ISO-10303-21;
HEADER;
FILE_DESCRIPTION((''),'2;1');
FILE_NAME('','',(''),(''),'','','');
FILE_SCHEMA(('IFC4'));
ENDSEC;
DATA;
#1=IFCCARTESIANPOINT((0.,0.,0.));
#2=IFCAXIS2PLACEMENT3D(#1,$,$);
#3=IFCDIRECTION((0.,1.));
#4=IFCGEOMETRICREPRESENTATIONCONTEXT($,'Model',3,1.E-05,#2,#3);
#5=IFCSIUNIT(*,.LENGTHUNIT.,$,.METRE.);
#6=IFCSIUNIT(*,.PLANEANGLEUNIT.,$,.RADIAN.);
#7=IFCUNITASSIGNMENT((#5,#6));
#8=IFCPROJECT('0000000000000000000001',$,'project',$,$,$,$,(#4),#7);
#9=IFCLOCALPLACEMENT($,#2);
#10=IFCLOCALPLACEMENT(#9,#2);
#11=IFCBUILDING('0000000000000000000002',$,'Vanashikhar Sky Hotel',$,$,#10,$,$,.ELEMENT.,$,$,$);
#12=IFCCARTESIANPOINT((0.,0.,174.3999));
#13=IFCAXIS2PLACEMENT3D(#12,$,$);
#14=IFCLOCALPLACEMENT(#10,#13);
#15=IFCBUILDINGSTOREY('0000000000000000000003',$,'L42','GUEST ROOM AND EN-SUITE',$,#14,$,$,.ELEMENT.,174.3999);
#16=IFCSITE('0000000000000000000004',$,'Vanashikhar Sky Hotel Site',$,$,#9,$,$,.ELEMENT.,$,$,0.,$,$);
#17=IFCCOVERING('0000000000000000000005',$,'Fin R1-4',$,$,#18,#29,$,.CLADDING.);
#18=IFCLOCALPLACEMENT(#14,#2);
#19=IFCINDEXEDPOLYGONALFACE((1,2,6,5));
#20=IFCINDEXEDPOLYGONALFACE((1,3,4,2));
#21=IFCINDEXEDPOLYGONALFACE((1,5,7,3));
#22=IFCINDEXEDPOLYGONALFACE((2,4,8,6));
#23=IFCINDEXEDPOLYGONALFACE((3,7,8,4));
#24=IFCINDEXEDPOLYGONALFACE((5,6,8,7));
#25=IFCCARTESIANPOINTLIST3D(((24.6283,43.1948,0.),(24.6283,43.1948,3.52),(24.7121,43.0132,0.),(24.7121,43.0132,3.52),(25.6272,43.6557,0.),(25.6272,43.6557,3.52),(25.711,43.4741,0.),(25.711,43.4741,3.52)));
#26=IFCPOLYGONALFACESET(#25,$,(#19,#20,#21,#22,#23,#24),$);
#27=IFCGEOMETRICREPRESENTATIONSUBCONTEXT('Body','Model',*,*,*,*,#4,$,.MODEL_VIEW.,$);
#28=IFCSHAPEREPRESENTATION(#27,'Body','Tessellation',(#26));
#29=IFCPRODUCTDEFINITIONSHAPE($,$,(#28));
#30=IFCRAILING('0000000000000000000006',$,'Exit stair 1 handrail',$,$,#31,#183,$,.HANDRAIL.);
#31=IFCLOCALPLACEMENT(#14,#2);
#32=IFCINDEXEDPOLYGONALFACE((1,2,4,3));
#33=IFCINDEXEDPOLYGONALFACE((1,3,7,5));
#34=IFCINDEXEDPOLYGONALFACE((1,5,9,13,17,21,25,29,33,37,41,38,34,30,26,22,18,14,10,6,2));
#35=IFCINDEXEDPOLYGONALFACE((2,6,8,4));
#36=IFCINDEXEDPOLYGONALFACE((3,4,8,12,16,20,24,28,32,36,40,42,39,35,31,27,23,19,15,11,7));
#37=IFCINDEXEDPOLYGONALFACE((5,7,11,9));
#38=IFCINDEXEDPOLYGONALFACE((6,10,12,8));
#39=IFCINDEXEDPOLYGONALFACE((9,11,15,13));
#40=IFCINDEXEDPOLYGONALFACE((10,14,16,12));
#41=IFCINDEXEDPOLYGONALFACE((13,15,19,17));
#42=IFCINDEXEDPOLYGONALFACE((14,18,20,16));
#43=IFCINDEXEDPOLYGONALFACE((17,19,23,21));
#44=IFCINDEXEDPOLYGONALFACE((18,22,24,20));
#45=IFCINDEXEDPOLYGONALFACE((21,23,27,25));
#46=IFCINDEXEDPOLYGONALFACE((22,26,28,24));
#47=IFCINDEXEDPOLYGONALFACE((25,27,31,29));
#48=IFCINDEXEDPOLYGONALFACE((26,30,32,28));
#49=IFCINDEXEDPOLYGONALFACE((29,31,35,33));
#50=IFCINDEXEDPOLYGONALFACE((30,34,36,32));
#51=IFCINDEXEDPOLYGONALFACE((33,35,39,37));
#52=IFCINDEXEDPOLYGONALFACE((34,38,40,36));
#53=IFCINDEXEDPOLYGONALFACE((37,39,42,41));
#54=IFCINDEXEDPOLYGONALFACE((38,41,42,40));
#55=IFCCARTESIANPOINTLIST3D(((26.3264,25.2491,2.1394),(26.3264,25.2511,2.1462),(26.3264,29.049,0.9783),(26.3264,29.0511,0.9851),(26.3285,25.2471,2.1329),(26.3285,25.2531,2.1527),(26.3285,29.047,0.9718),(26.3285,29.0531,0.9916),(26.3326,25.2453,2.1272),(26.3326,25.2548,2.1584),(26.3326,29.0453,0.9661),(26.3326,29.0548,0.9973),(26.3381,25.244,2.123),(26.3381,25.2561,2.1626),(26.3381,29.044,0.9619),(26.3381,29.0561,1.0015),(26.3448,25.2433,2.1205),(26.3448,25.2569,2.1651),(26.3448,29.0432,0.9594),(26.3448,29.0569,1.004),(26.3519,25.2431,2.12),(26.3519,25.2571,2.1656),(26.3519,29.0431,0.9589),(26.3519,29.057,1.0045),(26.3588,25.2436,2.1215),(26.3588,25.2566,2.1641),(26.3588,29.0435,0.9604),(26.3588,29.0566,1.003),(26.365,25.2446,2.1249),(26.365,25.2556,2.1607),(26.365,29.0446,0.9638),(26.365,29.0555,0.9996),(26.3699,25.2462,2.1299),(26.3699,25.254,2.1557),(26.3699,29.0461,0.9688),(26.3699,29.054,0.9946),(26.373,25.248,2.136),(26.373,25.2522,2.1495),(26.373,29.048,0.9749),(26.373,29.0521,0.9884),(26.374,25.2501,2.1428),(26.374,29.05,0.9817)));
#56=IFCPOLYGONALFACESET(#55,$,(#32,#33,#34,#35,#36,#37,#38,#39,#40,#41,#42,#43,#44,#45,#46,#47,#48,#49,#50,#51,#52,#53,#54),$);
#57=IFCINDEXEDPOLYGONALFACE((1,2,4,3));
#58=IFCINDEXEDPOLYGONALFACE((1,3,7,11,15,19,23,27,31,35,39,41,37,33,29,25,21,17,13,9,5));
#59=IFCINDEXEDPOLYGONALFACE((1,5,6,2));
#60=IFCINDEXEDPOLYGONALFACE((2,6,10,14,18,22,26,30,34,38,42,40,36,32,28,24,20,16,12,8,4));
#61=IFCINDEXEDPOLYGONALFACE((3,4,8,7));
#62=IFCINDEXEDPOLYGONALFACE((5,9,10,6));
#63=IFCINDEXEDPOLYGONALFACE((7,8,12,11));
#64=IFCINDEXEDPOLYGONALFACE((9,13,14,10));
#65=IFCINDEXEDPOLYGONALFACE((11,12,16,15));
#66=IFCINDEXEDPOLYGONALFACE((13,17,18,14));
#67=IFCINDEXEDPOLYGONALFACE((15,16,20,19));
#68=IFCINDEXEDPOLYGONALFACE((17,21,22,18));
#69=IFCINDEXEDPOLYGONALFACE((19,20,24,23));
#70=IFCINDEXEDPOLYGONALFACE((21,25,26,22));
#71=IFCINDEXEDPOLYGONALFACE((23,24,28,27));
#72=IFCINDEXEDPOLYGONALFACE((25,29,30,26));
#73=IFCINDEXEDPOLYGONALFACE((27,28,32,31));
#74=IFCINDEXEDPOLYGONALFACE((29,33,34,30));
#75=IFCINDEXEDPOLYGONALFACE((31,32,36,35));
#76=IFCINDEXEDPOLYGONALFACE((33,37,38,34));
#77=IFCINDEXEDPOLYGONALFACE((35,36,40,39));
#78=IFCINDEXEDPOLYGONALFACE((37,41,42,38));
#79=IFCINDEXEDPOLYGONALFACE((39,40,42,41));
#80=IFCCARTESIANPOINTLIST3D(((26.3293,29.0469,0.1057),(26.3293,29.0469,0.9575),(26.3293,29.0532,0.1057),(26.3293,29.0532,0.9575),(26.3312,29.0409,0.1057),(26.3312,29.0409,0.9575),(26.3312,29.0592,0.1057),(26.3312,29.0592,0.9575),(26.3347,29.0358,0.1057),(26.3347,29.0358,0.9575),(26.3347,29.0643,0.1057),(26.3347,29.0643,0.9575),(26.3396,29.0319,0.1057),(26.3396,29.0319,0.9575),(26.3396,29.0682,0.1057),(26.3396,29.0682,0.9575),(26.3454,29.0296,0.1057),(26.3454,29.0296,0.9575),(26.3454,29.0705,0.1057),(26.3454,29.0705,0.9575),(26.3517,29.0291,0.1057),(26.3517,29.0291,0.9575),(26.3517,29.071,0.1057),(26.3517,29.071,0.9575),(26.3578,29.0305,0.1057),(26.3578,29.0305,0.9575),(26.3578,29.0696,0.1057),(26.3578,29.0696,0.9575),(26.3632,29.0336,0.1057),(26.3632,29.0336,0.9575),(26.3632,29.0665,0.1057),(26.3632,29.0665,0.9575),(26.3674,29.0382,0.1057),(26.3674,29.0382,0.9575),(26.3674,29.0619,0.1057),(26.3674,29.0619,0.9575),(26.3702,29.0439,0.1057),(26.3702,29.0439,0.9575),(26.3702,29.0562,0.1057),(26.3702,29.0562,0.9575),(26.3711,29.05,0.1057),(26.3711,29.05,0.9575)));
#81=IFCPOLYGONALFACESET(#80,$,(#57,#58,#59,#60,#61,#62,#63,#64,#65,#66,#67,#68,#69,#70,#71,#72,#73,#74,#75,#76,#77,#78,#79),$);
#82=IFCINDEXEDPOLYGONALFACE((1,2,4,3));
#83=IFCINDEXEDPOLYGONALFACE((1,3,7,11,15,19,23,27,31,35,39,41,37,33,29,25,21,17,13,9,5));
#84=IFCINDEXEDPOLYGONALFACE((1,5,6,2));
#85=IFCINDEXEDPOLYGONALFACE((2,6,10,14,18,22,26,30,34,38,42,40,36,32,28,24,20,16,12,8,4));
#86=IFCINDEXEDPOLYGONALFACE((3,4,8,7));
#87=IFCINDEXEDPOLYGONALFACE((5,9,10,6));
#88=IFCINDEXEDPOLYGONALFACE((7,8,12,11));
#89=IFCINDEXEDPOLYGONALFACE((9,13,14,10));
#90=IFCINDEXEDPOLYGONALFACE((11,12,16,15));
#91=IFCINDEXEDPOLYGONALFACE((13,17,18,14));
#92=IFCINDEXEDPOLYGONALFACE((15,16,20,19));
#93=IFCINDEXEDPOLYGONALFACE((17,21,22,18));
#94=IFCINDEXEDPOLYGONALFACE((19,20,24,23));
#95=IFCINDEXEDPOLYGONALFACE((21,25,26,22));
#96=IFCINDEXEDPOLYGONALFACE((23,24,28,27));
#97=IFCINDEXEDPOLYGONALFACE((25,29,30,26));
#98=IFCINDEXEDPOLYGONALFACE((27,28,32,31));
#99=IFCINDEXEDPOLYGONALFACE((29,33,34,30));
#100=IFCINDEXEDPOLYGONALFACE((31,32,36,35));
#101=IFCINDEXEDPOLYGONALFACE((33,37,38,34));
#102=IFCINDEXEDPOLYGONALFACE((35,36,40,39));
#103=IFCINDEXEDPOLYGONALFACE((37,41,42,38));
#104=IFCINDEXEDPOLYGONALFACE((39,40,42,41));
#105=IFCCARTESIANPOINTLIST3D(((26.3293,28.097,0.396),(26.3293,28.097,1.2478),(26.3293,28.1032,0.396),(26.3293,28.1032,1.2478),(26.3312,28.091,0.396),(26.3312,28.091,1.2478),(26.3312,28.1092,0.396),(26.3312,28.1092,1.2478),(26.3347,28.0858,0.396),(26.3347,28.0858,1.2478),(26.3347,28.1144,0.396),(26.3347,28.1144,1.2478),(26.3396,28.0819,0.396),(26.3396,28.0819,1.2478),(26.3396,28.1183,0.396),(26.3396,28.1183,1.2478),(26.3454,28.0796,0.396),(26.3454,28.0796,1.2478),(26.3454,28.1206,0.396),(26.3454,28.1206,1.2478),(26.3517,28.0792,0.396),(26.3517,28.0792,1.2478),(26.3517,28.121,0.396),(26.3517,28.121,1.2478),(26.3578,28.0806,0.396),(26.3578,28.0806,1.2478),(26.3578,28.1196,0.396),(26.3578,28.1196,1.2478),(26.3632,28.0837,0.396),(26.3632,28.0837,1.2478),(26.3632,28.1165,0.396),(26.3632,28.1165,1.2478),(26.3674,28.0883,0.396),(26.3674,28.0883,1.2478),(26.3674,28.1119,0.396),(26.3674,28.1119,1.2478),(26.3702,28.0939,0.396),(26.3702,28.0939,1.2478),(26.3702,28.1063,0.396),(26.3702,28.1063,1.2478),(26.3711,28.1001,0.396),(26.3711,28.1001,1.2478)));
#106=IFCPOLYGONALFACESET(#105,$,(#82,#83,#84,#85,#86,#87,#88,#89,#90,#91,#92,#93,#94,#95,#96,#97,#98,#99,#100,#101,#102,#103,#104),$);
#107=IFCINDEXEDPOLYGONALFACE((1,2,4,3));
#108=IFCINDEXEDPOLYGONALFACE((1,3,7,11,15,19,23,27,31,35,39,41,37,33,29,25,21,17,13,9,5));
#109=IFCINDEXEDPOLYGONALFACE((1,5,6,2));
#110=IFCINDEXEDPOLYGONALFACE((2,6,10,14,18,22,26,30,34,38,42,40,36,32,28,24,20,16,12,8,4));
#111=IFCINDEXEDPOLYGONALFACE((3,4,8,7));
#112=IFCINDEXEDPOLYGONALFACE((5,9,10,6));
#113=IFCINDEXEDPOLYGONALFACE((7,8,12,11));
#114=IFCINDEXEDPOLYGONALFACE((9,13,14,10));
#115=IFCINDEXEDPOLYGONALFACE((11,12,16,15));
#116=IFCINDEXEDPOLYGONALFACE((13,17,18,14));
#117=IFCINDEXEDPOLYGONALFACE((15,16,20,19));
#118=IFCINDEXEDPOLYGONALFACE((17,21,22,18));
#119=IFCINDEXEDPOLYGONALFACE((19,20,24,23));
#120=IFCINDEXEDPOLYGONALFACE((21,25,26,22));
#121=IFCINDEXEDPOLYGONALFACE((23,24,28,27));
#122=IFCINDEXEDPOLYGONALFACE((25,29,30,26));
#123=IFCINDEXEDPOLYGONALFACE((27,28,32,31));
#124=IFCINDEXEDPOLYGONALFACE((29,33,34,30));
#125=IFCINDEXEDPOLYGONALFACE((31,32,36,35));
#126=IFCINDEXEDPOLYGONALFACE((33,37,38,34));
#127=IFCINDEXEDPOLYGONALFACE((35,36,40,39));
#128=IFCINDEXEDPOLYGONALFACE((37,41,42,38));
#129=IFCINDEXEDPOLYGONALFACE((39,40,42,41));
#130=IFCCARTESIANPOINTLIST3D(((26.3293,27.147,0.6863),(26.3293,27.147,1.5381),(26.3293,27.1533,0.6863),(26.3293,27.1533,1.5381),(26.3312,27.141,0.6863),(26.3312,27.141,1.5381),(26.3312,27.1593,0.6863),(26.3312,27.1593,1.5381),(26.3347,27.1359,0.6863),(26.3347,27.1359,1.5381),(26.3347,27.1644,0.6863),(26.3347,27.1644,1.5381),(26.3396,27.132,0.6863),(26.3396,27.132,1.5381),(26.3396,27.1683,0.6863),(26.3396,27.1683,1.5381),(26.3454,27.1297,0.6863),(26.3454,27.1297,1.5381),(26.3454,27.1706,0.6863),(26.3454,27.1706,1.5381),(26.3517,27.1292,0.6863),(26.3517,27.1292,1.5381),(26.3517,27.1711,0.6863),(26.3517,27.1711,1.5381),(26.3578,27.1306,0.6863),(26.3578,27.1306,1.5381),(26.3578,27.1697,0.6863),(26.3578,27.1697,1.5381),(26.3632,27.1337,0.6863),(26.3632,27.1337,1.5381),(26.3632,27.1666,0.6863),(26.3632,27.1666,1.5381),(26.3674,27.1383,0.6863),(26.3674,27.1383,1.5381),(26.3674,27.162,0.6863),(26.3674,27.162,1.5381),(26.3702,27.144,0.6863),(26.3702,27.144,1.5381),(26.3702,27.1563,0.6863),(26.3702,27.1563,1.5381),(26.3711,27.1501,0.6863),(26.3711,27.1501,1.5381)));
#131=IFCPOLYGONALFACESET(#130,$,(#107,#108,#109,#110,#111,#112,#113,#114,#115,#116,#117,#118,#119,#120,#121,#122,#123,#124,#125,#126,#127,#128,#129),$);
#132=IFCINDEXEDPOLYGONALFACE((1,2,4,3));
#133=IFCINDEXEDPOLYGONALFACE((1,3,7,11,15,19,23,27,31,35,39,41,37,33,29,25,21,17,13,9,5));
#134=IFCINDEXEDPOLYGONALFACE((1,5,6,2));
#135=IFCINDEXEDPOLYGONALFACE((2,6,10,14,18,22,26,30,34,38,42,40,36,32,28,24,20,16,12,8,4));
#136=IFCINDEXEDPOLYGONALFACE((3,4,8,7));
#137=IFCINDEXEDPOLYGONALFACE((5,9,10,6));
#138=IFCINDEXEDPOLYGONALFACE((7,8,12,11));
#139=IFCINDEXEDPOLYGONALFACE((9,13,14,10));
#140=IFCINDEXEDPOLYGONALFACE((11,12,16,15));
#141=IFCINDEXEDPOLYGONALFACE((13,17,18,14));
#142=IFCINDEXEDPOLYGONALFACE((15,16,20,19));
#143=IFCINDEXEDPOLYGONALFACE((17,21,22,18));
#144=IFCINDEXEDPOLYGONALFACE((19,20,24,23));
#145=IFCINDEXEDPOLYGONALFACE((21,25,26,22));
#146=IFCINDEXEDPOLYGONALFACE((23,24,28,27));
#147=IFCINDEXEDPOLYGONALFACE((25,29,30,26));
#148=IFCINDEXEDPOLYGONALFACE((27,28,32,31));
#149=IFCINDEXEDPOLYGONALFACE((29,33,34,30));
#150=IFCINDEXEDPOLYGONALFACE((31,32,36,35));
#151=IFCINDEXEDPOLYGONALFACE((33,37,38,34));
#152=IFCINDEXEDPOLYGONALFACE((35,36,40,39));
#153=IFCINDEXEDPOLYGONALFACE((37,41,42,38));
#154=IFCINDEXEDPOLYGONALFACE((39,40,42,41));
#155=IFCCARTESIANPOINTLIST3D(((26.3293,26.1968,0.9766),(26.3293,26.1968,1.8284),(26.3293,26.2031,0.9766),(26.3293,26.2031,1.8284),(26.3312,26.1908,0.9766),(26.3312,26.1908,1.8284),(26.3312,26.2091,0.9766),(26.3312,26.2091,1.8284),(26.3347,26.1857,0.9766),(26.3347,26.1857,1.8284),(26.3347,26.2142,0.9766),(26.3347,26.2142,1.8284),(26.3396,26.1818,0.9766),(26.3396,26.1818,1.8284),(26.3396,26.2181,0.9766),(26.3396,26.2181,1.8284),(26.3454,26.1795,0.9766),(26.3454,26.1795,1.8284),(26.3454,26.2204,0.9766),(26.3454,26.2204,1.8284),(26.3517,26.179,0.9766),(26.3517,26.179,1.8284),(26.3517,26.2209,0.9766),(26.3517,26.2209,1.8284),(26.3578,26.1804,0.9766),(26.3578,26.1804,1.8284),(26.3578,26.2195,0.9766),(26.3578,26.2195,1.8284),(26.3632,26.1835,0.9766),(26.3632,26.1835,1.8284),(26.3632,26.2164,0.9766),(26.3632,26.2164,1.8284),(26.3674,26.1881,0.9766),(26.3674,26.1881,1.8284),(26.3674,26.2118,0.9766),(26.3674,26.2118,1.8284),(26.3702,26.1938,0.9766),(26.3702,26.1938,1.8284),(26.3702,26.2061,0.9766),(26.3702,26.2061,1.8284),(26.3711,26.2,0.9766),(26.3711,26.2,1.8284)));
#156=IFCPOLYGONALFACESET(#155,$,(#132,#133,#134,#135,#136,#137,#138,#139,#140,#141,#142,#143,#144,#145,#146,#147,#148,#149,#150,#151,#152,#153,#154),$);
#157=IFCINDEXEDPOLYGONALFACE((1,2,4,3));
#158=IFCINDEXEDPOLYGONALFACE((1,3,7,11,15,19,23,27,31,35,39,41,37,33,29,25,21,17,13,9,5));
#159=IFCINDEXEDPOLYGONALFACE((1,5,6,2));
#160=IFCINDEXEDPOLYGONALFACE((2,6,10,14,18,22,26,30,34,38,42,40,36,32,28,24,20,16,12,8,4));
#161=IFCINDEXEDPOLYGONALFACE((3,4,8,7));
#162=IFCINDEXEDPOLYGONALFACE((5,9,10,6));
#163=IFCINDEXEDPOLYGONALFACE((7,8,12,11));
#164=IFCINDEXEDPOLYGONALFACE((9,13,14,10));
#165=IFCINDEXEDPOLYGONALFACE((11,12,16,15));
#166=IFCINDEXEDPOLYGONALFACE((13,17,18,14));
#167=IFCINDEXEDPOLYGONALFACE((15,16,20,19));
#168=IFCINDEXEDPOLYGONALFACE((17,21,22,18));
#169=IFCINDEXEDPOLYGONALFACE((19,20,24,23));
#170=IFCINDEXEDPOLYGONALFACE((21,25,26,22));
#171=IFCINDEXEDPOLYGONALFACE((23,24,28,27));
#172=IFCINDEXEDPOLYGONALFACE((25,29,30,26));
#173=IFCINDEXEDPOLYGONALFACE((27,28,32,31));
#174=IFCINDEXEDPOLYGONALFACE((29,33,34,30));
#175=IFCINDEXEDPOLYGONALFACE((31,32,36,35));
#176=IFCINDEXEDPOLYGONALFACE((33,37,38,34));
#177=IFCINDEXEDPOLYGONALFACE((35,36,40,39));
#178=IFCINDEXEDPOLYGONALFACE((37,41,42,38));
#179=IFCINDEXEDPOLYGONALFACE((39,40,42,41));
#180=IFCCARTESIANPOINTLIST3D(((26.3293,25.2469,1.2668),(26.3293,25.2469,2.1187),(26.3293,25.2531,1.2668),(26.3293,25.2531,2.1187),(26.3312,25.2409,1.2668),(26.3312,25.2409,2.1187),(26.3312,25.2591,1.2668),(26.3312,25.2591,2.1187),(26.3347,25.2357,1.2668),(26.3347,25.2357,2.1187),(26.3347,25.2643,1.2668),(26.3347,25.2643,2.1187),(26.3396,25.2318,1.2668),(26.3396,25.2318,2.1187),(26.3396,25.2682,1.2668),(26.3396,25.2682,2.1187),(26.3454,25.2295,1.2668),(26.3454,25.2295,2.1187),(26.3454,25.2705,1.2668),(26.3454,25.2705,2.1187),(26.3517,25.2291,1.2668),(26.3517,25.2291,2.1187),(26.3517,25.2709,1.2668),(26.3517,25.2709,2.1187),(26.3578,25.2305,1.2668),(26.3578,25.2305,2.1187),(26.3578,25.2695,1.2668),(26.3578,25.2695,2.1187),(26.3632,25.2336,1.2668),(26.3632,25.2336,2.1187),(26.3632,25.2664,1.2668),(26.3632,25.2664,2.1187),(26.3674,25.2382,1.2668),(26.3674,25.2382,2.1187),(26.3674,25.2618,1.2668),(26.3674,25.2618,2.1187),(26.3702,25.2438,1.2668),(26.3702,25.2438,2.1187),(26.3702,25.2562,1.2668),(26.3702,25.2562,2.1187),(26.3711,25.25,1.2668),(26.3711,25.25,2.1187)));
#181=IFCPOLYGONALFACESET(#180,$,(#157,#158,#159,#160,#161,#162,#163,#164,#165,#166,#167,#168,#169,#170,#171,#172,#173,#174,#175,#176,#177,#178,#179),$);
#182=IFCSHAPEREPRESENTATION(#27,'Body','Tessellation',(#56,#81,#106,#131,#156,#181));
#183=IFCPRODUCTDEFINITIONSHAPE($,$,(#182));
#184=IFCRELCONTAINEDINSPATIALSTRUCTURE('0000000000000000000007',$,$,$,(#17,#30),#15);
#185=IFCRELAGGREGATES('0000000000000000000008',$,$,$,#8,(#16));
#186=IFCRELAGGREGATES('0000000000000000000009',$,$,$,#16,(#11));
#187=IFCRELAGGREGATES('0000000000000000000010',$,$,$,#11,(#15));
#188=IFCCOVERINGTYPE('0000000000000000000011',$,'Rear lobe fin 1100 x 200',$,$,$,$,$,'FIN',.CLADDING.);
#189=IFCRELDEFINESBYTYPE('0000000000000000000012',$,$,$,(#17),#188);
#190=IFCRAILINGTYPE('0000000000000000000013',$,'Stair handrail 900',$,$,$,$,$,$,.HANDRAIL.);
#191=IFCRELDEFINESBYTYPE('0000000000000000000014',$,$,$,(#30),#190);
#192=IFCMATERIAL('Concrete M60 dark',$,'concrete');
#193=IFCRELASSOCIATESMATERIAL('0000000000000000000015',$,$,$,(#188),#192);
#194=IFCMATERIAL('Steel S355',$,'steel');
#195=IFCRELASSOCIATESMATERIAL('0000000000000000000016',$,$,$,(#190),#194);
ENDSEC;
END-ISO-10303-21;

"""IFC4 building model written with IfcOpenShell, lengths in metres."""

from ifc_helpers import new_model, si_unit, direction, frame, origin, origin_2d, place, context, subcontext, project, spatial, rectangle, circle, extrude, source, transform, mapped, material, material_profile, profile_set, type_object, element, save


model = new_model("IFC4")

# Units and contexts
model_context = context("Model", 3, precision=1e-05, world=origin(), true_north=direction((0.0, 1.0)))
body_context = subcontext(model_context, "Body", "Model", "MODEL_VIEW")
ifc_project = project(units=[si_unit("LENGTHUNIT", "METRE"), si_unit("PLANEANGLEUNIT", "RADIAN")], contexts=[model_context])

# Site, building, storey
site_placement = place(None, origin())
site = spatial("IfcSite", under=ifc_project, at=site_placement, Name="Vanashikhar Sky Hotel Site", CompositionType="ELEMENT", RefElevation=0.0)
building_placement = place(site_placement, origin())
building = spatial("IfcBuilding", under=site, at=building_placement, Name="Vanashikhar Sky Hotel", CompositionType="ELEMENT")
storey_placement = place(building_placement, frame((0.0, 0.0, 174.3999)))
storey = spatial("IfcBuildingStorey", under=building, at=storey_placement, Name="L42", Description="GUEST ROOM AND EN-SUITE", CompositionType="ELEMENT", Elevation=174.3999)

# Covering
ifc_material_1 = material(Name="Concrete M60 dark", Category="concrete")
ifc_material_profile = material_profile(ifc_material_1, rectangle(XDim=1.1001, YDim=0.2, at=origin_2d()))
ifc_profile_set = profile_set([ifc_material_profile], Name="Rear lobe fin 1100 x 200")
covering_type = type_object("IfcCoveringType", Name="Rear lobe fin 1100 x 200", ElementType="FIN", PredefinedType="CLADDING", material=ifc_profile_set)
shared_shape_1 = source(origin(), body_context, "Body", "SweptSolid", [
    extrude(rectangle(XDim=1.1001, YDim=0.2, at=origin_2d()), origin(), (0.0, 0.0, 1.0), 3.52),
])
covering_placement = place(storey_placement, frame((25.1697, 43.3345, 0.0), z_axis=(0.0, 0.0, 1.0), x_axis=(0.908004, 0.418961, 0.0)))
element("IfcCovering", 1, at=covering_placement, inside=storey, type_object=covering_type, Name="Fin R1-4", PredefinedType="CLADDING", context=body_context, shape_type="MappedRepresentation", body=[
    mapped(shared_shape_1, transform((0.0, 0.0, 0.0), scale=1.0)),
])

# Railing
ifc_material_2 = material(Name="Steel S355", Category="steel")
railing_type_1 = type_object("IfcRailingType", Name="Stair handrail 900", PredefinedType="HANDRAIL", material=ifc_material_2)
shared_shape_2 = source(origin(), body_context, "Body", "SweptSolid", [
    extrude(circle(Radius=0.0239, at=origin_2d()), frame((0.0, 0.0, 0.876), z_axis=(0.0, -0.956351, 0.29222), x_axis=(1.0, 0.0, 0.0)), (0.0, 0.0, 1.0), 3.9734),
    extrude(circle(Radius=0.021, at=origin_2d()), origin(), (0.0, 0.0, 1.0), 0.8518),
    extrude(circle(Radius=0.021, at=origin_2d()), frame((0.0, -0.95, 0.2903)), (0.0, 0.0, 1.0), 0.8518),
    extrude(circle(Radius=0.021, at=origin_2d()), frame((0.0, -1.8999, 0.5806)), (0.0, 0.0, 1.0), 0.8518),
    extrude(circle(Radius=0.021, at=origin_2d()), frame((0.0, -2.8501, 0.8708)), (0.0, 0.0, 1.0), 0.8518),
    extrude(circle(Radius=0.021, at=origin_2d()), frame((0.0, -3.8, 1.1611)), (0.0, 0.0, 1.0), 0.8518),
])
for number, where, name in (
    (2, (26.3501, 29.05, 0.1057), "Exit stair 1 handrail"),
):
    element("IfcRailing", number, at=place(storey_placement, frame(where)), inside=storey, type_object=railing_type_1, Name=name, PredefinedType="HANDRAIL", context=body_context, shape_type="MappedRepresentation", body=[
        mapped(shared_shape_2, transform((0.0, 0.0, 0.0), scale=1.0)),
    ])

save(model, "model.ifc")
